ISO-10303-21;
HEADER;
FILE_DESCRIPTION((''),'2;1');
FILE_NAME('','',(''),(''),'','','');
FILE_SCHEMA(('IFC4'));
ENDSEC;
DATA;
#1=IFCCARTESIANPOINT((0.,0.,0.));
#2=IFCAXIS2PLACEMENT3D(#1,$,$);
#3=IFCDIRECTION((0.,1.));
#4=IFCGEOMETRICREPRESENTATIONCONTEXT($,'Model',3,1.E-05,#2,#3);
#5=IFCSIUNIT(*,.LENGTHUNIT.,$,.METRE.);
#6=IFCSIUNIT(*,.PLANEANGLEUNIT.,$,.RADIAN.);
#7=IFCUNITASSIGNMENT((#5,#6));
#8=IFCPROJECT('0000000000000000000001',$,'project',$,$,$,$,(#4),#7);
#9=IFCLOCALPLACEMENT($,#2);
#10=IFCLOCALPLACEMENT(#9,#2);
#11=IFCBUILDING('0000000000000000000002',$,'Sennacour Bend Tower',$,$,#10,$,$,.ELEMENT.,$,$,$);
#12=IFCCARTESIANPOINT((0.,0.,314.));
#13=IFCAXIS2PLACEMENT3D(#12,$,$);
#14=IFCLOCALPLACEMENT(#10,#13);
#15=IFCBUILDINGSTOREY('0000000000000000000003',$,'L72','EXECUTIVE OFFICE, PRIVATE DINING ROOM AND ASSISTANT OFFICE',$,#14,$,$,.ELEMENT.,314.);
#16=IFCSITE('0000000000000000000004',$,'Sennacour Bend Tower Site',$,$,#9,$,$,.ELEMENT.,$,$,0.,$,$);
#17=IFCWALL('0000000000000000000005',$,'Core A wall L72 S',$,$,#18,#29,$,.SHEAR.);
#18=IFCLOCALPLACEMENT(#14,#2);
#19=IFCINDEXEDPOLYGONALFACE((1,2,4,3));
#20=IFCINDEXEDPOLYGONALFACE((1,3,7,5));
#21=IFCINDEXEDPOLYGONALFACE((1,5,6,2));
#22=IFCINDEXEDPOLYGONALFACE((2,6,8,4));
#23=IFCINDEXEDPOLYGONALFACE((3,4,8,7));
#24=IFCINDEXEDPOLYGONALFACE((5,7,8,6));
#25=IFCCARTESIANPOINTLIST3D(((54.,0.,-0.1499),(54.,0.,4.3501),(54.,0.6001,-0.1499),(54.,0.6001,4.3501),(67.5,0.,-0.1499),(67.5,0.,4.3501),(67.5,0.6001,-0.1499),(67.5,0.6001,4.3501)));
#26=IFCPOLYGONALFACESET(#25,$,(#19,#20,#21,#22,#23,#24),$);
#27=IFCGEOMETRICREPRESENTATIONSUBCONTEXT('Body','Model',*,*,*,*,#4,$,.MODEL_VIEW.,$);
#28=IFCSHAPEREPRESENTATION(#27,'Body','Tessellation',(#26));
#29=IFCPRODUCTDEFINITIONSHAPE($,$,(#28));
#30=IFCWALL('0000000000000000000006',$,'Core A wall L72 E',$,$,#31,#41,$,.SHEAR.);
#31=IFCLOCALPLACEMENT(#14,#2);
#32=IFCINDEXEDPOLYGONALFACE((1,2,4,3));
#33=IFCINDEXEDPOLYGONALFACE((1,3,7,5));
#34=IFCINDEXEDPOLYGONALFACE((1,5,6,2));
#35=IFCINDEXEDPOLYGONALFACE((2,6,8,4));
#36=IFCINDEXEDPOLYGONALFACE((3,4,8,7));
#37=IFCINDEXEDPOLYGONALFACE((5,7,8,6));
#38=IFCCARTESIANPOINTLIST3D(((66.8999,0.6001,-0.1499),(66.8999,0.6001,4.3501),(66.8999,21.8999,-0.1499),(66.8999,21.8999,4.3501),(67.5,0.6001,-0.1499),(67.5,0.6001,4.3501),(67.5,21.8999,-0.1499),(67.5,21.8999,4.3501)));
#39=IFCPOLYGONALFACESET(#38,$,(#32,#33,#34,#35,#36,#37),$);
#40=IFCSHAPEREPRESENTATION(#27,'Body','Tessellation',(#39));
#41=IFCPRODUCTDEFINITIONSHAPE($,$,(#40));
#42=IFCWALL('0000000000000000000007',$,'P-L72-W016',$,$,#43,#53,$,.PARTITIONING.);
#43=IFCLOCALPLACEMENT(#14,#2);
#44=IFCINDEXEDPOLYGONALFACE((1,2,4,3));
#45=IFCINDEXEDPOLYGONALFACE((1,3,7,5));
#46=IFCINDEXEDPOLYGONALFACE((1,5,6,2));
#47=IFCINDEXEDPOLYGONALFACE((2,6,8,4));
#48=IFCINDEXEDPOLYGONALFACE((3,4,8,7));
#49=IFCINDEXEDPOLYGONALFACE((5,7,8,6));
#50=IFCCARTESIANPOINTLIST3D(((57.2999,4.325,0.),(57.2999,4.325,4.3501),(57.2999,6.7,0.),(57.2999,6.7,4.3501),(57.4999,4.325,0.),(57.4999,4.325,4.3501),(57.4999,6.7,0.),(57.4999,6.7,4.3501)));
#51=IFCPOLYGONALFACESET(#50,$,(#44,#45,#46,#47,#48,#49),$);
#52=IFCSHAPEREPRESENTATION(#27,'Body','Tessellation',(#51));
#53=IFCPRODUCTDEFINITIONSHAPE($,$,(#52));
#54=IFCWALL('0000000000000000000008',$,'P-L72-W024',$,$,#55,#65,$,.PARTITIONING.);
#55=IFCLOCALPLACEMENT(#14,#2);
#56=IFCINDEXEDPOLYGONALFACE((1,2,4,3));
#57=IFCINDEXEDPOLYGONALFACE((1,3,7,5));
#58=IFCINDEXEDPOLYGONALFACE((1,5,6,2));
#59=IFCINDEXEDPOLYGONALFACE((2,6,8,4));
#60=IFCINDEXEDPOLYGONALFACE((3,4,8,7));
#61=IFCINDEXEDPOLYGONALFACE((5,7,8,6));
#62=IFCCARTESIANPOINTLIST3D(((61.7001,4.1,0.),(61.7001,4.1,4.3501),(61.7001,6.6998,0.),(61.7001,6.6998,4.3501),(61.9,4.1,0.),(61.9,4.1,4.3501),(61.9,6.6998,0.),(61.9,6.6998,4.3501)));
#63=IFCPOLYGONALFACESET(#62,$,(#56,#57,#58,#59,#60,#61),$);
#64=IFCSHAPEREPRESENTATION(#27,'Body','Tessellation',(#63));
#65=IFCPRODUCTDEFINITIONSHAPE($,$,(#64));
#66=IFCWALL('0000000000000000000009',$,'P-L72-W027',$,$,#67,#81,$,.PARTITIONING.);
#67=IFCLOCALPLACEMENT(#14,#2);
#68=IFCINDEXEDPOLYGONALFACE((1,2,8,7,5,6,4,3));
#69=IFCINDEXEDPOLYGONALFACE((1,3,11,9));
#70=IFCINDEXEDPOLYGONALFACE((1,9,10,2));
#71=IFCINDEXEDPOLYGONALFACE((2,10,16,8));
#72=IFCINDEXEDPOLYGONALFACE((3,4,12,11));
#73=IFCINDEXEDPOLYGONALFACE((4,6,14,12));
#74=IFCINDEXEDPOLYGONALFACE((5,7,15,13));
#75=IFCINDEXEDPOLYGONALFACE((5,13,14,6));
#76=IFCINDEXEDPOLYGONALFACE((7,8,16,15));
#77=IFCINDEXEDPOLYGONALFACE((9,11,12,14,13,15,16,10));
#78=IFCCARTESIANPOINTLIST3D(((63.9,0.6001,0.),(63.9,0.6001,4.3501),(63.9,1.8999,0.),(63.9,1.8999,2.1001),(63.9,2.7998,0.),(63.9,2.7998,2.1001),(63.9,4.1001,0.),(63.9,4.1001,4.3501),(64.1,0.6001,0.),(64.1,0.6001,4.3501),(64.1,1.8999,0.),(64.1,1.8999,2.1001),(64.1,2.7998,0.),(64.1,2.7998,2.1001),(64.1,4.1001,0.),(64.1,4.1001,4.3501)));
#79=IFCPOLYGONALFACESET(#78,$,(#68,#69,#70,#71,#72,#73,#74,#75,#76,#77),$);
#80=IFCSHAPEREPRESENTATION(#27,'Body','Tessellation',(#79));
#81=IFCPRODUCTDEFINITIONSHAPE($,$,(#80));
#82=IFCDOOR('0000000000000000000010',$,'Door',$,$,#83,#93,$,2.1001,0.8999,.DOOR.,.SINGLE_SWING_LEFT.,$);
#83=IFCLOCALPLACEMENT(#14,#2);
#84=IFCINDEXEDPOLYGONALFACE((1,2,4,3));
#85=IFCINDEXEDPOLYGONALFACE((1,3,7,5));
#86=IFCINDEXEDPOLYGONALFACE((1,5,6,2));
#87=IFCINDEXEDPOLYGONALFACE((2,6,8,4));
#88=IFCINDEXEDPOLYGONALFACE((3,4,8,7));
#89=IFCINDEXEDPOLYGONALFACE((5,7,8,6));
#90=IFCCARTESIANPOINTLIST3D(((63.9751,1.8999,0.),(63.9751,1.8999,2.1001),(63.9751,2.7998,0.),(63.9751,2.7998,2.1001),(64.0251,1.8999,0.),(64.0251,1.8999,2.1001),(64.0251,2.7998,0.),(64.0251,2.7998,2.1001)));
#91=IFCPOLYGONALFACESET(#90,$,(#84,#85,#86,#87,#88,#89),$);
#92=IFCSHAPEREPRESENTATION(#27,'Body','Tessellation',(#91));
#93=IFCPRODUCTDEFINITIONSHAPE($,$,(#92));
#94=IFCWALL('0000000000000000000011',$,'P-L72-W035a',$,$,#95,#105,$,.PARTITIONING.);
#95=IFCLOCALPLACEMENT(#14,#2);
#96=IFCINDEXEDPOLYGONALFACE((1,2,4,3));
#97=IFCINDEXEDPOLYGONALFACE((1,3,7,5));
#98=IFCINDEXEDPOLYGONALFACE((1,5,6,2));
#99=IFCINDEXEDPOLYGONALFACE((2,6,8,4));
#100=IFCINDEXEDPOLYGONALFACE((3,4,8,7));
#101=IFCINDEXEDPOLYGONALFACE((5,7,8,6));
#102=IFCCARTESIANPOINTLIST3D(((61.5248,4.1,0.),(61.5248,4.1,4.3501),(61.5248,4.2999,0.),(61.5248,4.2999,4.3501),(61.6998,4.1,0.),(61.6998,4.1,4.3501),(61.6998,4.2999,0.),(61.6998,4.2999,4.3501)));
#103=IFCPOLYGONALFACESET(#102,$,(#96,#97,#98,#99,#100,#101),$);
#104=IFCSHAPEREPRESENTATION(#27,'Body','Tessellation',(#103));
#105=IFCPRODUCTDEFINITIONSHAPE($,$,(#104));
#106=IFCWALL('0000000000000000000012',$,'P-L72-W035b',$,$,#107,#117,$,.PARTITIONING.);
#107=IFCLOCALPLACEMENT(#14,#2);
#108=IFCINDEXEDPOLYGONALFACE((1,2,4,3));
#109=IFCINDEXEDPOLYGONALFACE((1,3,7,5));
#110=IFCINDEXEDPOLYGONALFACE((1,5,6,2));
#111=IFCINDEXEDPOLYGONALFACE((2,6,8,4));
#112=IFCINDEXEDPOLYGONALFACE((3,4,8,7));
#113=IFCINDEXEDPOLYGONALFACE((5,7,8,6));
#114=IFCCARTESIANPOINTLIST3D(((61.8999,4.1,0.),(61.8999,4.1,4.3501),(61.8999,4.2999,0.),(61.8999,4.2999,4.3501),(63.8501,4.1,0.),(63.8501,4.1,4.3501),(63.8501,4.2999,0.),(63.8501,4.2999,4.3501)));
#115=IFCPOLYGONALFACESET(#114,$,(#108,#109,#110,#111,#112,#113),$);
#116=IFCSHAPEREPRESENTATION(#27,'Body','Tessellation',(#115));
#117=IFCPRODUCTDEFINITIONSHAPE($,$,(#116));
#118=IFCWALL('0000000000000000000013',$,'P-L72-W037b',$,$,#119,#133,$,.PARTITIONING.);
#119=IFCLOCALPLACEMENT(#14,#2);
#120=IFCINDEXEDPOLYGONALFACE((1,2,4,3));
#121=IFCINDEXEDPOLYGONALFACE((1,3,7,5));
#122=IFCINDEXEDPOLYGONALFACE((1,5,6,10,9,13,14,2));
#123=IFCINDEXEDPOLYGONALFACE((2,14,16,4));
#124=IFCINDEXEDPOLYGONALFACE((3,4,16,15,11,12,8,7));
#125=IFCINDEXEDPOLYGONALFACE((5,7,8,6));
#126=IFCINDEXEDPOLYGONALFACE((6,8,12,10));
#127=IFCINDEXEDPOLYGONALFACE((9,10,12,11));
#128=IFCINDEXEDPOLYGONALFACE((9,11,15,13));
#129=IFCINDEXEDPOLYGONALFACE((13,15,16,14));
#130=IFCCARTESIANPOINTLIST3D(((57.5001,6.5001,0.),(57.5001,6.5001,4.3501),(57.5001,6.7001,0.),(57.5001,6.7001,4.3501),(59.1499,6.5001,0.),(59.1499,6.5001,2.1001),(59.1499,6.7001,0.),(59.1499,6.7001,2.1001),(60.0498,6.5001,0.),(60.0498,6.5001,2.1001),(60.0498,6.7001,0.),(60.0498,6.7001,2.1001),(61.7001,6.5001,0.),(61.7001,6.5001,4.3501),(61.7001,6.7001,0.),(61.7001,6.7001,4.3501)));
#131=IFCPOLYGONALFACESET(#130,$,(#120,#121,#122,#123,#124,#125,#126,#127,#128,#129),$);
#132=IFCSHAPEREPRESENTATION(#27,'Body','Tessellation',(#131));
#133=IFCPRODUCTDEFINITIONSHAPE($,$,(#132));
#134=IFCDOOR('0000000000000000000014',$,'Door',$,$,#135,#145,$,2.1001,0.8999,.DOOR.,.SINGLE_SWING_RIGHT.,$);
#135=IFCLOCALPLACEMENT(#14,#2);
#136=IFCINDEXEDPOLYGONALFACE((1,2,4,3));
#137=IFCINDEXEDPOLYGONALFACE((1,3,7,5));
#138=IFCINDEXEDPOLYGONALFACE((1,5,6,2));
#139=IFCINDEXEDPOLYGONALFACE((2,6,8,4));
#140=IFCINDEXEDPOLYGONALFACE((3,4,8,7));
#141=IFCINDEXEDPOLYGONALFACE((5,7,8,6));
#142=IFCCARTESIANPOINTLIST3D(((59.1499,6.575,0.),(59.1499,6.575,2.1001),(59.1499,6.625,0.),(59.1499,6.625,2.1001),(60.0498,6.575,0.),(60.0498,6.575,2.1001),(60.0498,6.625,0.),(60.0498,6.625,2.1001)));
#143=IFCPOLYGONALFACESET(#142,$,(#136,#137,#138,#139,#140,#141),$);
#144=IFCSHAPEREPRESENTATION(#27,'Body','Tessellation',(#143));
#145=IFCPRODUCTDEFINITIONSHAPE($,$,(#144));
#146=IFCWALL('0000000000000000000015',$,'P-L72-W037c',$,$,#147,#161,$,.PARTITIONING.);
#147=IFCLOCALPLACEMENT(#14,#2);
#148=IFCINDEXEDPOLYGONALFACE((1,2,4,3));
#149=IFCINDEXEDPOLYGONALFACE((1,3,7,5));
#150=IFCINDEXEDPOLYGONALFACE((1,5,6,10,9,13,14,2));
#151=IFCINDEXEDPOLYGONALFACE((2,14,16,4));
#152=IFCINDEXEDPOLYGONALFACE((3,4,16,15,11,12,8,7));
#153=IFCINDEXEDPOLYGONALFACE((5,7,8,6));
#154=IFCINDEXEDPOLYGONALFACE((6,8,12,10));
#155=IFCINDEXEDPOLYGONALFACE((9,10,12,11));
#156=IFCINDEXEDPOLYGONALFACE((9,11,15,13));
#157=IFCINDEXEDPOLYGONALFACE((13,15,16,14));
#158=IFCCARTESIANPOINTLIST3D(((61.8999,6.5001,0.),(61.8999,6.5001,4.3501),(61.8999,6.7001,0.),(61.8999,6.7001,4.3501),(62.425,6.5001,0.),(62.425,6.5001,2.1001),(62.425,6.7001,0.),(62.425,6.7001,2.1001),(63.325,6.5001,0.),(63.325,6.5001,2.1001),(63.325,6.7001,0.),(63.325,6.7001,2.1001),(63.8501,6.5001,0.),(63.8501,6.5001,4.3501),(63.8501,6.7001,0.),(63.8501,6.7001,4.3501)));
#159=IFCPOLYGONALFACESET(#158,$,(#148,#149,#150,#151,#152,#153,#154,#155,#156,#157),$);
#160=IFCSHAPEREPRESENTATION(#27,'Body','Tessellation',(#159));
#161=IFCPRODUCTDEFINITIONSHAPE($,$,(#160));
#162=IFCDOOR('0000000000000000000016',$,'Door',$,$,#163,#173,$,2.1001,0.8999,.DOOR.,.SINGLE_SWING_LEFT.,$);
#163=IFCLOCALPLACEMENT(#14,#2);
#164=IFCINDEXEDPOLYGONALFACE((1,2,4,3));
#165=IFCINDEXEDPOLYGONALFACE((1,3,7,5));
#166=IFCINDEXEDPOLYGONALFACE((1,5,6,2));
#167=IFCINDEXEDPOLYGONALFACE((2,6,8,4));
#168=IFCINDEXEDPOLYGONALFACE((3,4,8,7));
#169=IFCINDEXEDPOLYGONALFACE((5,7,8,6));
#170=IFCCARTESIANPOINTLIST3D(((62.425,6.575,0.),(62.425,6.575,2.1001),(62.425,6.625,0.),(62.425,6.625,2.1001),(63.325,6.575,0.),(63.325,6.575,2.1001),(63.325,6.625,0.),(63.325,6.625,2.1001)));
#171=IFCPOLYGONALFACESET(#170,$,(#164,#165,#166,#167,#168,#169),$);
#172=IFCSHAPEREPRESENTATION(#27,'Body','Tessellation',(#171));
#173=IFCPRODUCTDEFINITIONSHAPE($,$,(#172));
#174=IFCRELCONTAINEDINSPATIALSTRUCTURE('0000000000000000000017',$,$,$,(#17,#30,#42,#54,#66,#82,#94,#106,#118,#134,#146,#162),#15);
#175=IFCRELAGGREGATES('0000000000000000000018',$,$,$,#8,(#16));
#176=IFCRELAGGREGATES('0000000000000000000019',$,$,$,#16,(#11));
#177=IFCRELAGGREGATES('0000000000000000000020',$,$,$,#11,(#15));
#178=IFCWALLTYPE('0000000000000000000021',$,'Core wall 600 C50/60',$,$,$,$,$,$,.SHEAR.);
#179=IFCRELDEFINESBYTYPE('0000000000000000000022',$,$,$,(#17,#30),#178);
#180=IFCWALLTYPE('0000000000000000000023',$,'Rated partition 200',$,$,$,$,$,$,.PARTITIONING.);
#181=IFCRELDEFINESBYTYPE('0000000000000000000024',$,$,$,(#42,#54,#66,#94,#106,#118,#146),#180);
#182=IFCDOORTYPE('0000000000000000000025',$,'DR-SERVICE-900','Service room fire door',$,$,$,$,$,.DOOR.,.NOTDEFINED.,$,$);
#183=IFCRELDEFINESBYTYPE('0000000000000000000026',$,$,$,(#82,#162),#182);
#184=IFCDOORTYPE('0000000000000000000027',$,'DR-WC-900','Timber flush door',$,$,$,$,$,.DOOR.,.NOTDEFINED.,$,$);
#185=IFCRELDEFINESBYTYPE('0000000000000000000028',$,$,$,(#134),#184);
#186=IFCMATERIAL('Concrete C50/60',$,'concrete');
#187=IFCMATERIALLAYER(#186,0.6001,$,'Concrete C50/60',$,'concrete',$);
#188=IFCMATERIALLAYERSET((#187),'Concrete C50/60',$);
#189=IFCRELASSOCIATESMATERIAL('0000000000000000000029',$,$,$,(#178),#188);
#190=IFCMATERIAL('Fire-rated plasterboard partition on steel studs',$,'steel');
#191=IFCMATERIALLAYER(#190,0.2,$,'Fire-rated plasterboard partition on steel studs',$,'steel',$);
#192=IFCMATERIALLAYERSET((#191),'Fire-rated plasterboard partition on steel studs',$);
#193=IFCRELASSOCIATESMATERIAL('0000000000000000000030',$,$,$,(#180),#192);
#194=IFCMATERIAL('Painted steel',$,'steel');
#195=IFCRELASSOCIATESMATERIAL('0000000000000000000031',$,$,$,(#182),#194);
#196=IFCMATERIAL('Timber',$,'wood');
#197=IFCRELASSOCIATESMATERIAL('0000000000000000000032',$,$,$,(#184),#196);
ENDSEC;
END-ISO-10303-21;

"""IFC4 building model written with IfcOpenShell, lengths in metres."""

from ifc_helpers import new_model, si_unit, direction, frame, frame_2d, origin, place, context, subcontext, project, spatial, rectangle, extrude, material, layer, layer_set, type_object, element, fill, save


model = new_model("IFC4")

# Units and contexts
model_context = context("Model", 3, precision=1e-05, world=origin(), true_north=direction((0.0, 1.0)))
body_context = subcontext(model_context, "Body", "Model", "MODEL_VIEW")
ifc_project = project(units=[si_unit("LENGTHUNIT", "METRE"), si_unit("PLANEANGLEUNIT", "RADIAN")], contexts=[model_context])

# Site, building, storey
site_placement = place(None, origin())
site = spatial("IfcSite", under=ifc_project, at=site_placement, Name="Sennacour Bend Tower Site", CompositionType="ELEMENT", RefElevation=0.0)
building_placement = place(site_placement, origin())
building = spatial("IfcBuilding", under=site, at=building_placement, Name="Sennacour Bend Tower", CompositionType="ELEMENT")
storey_placement = place(building_placement, frame((0.0, 0.0, 314.0)))
storey = spatial("IfcBuildingStorey", under=building, at=storey_placement, Name="L72", Description="EXECUTIVE OFFICE, PRIVATE DINING ROOM AND ASSISTANT OFFICE", CompositionType="ELEMENT", Elevation=314.0)

# Walls
ifc_material_1 = material(Name="Concrete C50/60", Category="concrete")
ifc_layer_1 = layer(ifc_material_1, 0.6001, Name="Concrete C50/60", Category="concrete")
ifc_layer_set_1 = layer_set([ifc_layer_1], Name="Concrete C50/60")
wall_type_1 = type_object("IfcWallType", Name="Core wall 600 C50/60", PredefinedType="SHEAR", material=ifc_layer_set_1)
wall_1_placement = place(storey_placement, frame((67.5, 0.3, -0.1499), z_axis=(0.0, 0.0, 1.0), x_axis=(-1.0, 0.0, 0.0)))
element("IfcWall", 1, at=wall_1_placement, inside=storey, type_object=wall_type_1, Name="Core A wall L72 S", PredefinedType="SHEAR", context=body_context, shape_type="SweptSolid", body=[
    extrude(rectangle(XDim=13.5, YDim=0.6001, at=frame_2d((6.75, 0.0))), origin(), (0.0, 0.0, 1.0), 4.5),
])
wall_2_placement = place(storey_placement, frame((67.2, 0.6001, -0.1499), z_axis=(0.0, 0.0, 1.0), x_axis=(0.0, 1.0, 0.0)))
element("IfcWall", 2, at=wall_2_placement, inside=storey, type_object=wall_type_1, Name="Core A wall L72 E", PredefinedType="SHEAR", context=body_context, shape_type="SweptSolid", body=[
    extrude(rectangle(XDim=21.2998, YDim=0.6001, at=frame_2d((10.6499, 0.0))), origin(), (0.0, 0.0, 1.0), 4.5),
])
ifc_material_2 = material(Name="Fire-rated plasterboard partition on steel studs", Category="steel")
ifc_layer_2 = layer(ifc_material_2, 0.2, Name="Fire-rated plasterboard partition on steel studs", Category="steel")
ifc_layer_set_2 = layer_set([ifc_layer_2], Name="Fire-rated plasterboard partition on steel studs")
wall_type_2 = type_object("IfcWallType", Name="Rated partition 200", PredefinedType="PARTITIONING", material=ifc_layer_set_2)
wall_3_placement = place(storey_placement, frame((57.3999, 4.325, 0.0), z_axis=(0.0, 0.0, 1.0), x_axis=(0.0, 1.0, 0.0)))
element("IfcWall", 3, at=wall_3_placement, inside=storey, type_object=wall_type_2, Name="P-L72-W016", PredefinedType="PARTITIONING", context=body_context, shape_type="SweptSolid", body=[
    extrude(rectangle(XDim=2.375, YDim=0.2, at=frame_2d((1.1875, 0.0))), origin(), (0.0, 0.0, 1.0), 4.3501),
])
wall_4_placement = place(storey_placement, frame((61.8, 4.1001, 0.0), z_axis=(0.0, 0.0, 1.0), x_axis=(0.0, 1.0, 0.0)))
element("IfcWall", 4, at=wall_4_placement, inside=storey, type_object=wall_type_2, Name="P-L72-W024", PredefinedType="PARTITIONING", context=body_context, shape_type="SweptSolid", body=[
    extrude(rectangle(XDim=2.5999, YDim=0.2, at=frame_2d((1.2998, 0.0))), origin(), (0.0, 0.0, 1.0), 4.3501),
])

# Wall, opening, door
wall_5_placement = place(storey_placement, frame((64.0, 0.6001, 0.0), z_axis=(0.0, 0.0, 1.0), x_axis=(0.0, 1.0, 0.0)))
wall_5 = element("IfcWall", 5, at=wall_5_placement, inside=storey, type_object=wall_type_2, Name="P-L72-W027", PredefinedType="PARTITIONING", context=body_context, shape_type="SweptSolid", body=[
    extrude(rectangle(XDim=3.5, YDim=0.2, at=frame_2d((1.75, 0.0))), origin(), (0.0, 0.0, 1.0), 4.3501),
])
opening_1_placement = place(wall_5_placement, frame((1.2998, 0.0, 0.0)))
opening_1 = element("IfcOpeningElement", 6, at=opening_1_placement, cuts=wall_5, PredefinedType="OPENING", context=body_context, shape_type="SweptSolid", body=[
    extrude(rectangle(XDim=0.8999, YDim=2.1001, at=frame_2d((0.45, 1.05))), frame((0.0, 0.1099, 0.0), z_axis=(0.0, -1.0, 0.0), x_axis=(1.0, 0.0, 0.0)), (0.0, 0.0, 1.0), 0.22),
])
ifc_material_3 = material(Name="Painted steel", Category="steel")
door_type_1 = type_object("IfcDoorType", Name="DR-SERVICE-900", Description="Service room fire door", OperationType="NOTDEFINED", PredefinedType="DOOR", material=ifc_material_3)
door_1_placement = place(opening_1_placement, origin())
door_1 = element("IfcDoor", 7, at=door_1_placement, inside=storey, type_object=door_type_1, Name="Door", OperationType="SINGLE_SWING_LEFT", OverallHeight=2.1001, OverallWidth=0.8999, PredefinedType="DOOR", context=body_context, shape_type="SweptSolid", body=[
    extrude(rectangle(XDim=0.8999, YDim=2.1001, at=frame_2d((0.45, 1.05))), frame((0.0, 0.0249, 0.0), z_axis=(0.0, -1.0, 0.0), x_axis=(1.0, 0.0, 0.0)), (0.0, 0.0, 1.0), 0.05),
])
fill(opening_1, door_1)

# Walls
wall_6_placement = place(storey_placement, frame((61.5249, 4.2, 0.0), z_axis=(0.0, 0.0, 1.0), x_axis=(1.0, 0.0, 0.0)))
element("IfcWall", 8, at=wall_6_placement, inside=storey, type_object=wall_type_2, Name="P-L72-W035a", PredefinedType="PARTITIONING", context=body_context, shape_type="SweptSolid", body=[
    extrude(rectangle(XDim=0.175, YDim=0.2, at=frame_2d((0.0874, 0.0))), origin(), (0.0, 0.0, 1.0), 4.3501),
])
wall_7_placement = place(storey_placement, frame((61.8999, 4.2, 0.0), z_axis=(0.0, 0.0, 1.0), x_axis=(1.0, 0.0, 0.0)))
element("IfcWall", 9, at=wall_7_placement, inside=storey, type_object=wall_type_2, Name="P-L72-W035b", PredefinedType="PARTITIONING", context=body_context, shape_type="SweptSolid", body=[
    extrude(rectangle(XDim=1.9502, YDim=0.2, at=frame_2d((0.9751, 0.0))), origin(), (0.0, 0.0, 1.0), 4.3501),
])

# Walls, openings, doors
wall_8_placement = place(storey_placement, frame((57.5, 6.6001, 0.0), z_axis=(0.0, 0.0, 1.0), x_axis=(1.0, 0.0, 0.0)))
wall_8 = element("IfcWall", 10, at=wall_8_placement, inside=storey, type_object=wall_type_2, Name="P-L72-W037b", PredefinedType="PARTITIONING", context=body_context, shape_type="SweptSolid", body=[
    extrude(rectangle(XDim=4.2, YDim=0.2, at=frame_2d((2.1001, 0.0))), origin(), (0.0, 0.0, 1.0), 4.3501),
])
opening_2_placement = place(wall_8_placement, frame((1.6499, 0.0, 0.0)))
opening_2 = element("IfcOpeningElement", 11, at=opening_2_placement, cuts=wall_8, PredefinedType="OPENING", context=body_context, shape_type="SweptSolid", body=[
    extrude(rectangle(XDim=0.8999, YDim=2.1001, at=frame_2d((0.45, 1.05))), frame((0.0, 0.1099, 0.0), z_axis=(0.0, -1.0, 0.0), x_axis=(1.0, 0.0, 0.0)), (0.0, 0.0, 1.0), 0.22),
])
ifc_material_4 = material(Name="Timber", Category="wood")
door_type_2 = type_object("IfcDoorType", Name="DR-WC-900", Description="Timber flush door", OperationType="NOTDEFINED", PredefinedType="DOOR", material=ifc_material_4)
door_2_placement = place(opening_2_placement, origin())
door_2 = element("IfcDoor", 12, at=door_2_placement, inside=storey, type_object=door_type_2, Name="Door", OperationType="SINGLE_SWING_RIGHT", OverallHeight=2.1001, OverallWidth=0.8999, PredefinedType="DOOR", context=body_context, shape_type="SweptSolid", body=[
    extrude(rectangle(XDim=0.8999, YDim=2.1001, at=frame_2d((0.45, 1.05))), frame((0.0, 0.0249, 0.0), z_axis=(0.0, -1.0, 0.0), x_axis=(1.0, 0.0, 0.0)), (0.0, 0.0, 1.0), 0.05),
])
fill(opening_2, door_2)
wall_9_placement = place(storey_placement, frame((61.8999, 6.6001, 0.0), z_axis=(0.0, 0.0, 1.0), x_axis=(1.0, 0.0, 0.0)))
wall_9 = element("IfcWall", 13, at=wall_9_placement, inside=storey, type_object=wall_type_2, Name="P-L72-W037c", PredefinedType="PARTITIONING", context=body_context, shape_type="SweptSolid", body=[
    extrude(rectangle(XDim=1.9502, YDim=0.2, at=frame_2d((0.9751, 0.0))), origin(), (0.0, 0.0, 1.0), 4.3501),
])
opening_3_placement = place(wall_9_placement, frame((0.5251, 0.0, 0.0)))
opening_3 = element("IfcOpeningElement", 14, at=opening_3_placement, cuts=wall_9, PredefinedType="OPENING", context=body_context, shape_type="SweptSolid", body=[
    extrude(rectangle(XDim=0.8999, YDim=2.1001, at=frame_2d((0.45, 1.05))), frame((0.0, 0.1099, 0.0), z_axis=(0.0, -1.0, 0.0), x_axis=(1.0, 0.0, 0.0)), (0.0, 0.0, 1.0), 0.22),
])
door_3_placement = place(opening_3_placement, origin())
door_3 = element("IfcDoor", 15, at=door_3_placement, inside=storey, type_object=door_type_1, Name="Door", OperationType="SINGLE_SWING_LEFT", OverallHeight=2.1001, OverallWidth=0.8999, PredefinedType="DOOR", context=body_context, shape_type="SweptSolid", body=[
    extrude(rectangle(XDim=0.8999, YDim=2.1001, at=frame_2d((0.45, 1.05))), frame((0.0, 0.0249, 0.0), z_axis=(0.0, -1.0, 0.0), x_axis=(1.0, 0.0, 0.0)), (0.0, 0.0, 1.0), 0.05),
])
fill(opening_3, door_3)

save(model, "model.ifc")
